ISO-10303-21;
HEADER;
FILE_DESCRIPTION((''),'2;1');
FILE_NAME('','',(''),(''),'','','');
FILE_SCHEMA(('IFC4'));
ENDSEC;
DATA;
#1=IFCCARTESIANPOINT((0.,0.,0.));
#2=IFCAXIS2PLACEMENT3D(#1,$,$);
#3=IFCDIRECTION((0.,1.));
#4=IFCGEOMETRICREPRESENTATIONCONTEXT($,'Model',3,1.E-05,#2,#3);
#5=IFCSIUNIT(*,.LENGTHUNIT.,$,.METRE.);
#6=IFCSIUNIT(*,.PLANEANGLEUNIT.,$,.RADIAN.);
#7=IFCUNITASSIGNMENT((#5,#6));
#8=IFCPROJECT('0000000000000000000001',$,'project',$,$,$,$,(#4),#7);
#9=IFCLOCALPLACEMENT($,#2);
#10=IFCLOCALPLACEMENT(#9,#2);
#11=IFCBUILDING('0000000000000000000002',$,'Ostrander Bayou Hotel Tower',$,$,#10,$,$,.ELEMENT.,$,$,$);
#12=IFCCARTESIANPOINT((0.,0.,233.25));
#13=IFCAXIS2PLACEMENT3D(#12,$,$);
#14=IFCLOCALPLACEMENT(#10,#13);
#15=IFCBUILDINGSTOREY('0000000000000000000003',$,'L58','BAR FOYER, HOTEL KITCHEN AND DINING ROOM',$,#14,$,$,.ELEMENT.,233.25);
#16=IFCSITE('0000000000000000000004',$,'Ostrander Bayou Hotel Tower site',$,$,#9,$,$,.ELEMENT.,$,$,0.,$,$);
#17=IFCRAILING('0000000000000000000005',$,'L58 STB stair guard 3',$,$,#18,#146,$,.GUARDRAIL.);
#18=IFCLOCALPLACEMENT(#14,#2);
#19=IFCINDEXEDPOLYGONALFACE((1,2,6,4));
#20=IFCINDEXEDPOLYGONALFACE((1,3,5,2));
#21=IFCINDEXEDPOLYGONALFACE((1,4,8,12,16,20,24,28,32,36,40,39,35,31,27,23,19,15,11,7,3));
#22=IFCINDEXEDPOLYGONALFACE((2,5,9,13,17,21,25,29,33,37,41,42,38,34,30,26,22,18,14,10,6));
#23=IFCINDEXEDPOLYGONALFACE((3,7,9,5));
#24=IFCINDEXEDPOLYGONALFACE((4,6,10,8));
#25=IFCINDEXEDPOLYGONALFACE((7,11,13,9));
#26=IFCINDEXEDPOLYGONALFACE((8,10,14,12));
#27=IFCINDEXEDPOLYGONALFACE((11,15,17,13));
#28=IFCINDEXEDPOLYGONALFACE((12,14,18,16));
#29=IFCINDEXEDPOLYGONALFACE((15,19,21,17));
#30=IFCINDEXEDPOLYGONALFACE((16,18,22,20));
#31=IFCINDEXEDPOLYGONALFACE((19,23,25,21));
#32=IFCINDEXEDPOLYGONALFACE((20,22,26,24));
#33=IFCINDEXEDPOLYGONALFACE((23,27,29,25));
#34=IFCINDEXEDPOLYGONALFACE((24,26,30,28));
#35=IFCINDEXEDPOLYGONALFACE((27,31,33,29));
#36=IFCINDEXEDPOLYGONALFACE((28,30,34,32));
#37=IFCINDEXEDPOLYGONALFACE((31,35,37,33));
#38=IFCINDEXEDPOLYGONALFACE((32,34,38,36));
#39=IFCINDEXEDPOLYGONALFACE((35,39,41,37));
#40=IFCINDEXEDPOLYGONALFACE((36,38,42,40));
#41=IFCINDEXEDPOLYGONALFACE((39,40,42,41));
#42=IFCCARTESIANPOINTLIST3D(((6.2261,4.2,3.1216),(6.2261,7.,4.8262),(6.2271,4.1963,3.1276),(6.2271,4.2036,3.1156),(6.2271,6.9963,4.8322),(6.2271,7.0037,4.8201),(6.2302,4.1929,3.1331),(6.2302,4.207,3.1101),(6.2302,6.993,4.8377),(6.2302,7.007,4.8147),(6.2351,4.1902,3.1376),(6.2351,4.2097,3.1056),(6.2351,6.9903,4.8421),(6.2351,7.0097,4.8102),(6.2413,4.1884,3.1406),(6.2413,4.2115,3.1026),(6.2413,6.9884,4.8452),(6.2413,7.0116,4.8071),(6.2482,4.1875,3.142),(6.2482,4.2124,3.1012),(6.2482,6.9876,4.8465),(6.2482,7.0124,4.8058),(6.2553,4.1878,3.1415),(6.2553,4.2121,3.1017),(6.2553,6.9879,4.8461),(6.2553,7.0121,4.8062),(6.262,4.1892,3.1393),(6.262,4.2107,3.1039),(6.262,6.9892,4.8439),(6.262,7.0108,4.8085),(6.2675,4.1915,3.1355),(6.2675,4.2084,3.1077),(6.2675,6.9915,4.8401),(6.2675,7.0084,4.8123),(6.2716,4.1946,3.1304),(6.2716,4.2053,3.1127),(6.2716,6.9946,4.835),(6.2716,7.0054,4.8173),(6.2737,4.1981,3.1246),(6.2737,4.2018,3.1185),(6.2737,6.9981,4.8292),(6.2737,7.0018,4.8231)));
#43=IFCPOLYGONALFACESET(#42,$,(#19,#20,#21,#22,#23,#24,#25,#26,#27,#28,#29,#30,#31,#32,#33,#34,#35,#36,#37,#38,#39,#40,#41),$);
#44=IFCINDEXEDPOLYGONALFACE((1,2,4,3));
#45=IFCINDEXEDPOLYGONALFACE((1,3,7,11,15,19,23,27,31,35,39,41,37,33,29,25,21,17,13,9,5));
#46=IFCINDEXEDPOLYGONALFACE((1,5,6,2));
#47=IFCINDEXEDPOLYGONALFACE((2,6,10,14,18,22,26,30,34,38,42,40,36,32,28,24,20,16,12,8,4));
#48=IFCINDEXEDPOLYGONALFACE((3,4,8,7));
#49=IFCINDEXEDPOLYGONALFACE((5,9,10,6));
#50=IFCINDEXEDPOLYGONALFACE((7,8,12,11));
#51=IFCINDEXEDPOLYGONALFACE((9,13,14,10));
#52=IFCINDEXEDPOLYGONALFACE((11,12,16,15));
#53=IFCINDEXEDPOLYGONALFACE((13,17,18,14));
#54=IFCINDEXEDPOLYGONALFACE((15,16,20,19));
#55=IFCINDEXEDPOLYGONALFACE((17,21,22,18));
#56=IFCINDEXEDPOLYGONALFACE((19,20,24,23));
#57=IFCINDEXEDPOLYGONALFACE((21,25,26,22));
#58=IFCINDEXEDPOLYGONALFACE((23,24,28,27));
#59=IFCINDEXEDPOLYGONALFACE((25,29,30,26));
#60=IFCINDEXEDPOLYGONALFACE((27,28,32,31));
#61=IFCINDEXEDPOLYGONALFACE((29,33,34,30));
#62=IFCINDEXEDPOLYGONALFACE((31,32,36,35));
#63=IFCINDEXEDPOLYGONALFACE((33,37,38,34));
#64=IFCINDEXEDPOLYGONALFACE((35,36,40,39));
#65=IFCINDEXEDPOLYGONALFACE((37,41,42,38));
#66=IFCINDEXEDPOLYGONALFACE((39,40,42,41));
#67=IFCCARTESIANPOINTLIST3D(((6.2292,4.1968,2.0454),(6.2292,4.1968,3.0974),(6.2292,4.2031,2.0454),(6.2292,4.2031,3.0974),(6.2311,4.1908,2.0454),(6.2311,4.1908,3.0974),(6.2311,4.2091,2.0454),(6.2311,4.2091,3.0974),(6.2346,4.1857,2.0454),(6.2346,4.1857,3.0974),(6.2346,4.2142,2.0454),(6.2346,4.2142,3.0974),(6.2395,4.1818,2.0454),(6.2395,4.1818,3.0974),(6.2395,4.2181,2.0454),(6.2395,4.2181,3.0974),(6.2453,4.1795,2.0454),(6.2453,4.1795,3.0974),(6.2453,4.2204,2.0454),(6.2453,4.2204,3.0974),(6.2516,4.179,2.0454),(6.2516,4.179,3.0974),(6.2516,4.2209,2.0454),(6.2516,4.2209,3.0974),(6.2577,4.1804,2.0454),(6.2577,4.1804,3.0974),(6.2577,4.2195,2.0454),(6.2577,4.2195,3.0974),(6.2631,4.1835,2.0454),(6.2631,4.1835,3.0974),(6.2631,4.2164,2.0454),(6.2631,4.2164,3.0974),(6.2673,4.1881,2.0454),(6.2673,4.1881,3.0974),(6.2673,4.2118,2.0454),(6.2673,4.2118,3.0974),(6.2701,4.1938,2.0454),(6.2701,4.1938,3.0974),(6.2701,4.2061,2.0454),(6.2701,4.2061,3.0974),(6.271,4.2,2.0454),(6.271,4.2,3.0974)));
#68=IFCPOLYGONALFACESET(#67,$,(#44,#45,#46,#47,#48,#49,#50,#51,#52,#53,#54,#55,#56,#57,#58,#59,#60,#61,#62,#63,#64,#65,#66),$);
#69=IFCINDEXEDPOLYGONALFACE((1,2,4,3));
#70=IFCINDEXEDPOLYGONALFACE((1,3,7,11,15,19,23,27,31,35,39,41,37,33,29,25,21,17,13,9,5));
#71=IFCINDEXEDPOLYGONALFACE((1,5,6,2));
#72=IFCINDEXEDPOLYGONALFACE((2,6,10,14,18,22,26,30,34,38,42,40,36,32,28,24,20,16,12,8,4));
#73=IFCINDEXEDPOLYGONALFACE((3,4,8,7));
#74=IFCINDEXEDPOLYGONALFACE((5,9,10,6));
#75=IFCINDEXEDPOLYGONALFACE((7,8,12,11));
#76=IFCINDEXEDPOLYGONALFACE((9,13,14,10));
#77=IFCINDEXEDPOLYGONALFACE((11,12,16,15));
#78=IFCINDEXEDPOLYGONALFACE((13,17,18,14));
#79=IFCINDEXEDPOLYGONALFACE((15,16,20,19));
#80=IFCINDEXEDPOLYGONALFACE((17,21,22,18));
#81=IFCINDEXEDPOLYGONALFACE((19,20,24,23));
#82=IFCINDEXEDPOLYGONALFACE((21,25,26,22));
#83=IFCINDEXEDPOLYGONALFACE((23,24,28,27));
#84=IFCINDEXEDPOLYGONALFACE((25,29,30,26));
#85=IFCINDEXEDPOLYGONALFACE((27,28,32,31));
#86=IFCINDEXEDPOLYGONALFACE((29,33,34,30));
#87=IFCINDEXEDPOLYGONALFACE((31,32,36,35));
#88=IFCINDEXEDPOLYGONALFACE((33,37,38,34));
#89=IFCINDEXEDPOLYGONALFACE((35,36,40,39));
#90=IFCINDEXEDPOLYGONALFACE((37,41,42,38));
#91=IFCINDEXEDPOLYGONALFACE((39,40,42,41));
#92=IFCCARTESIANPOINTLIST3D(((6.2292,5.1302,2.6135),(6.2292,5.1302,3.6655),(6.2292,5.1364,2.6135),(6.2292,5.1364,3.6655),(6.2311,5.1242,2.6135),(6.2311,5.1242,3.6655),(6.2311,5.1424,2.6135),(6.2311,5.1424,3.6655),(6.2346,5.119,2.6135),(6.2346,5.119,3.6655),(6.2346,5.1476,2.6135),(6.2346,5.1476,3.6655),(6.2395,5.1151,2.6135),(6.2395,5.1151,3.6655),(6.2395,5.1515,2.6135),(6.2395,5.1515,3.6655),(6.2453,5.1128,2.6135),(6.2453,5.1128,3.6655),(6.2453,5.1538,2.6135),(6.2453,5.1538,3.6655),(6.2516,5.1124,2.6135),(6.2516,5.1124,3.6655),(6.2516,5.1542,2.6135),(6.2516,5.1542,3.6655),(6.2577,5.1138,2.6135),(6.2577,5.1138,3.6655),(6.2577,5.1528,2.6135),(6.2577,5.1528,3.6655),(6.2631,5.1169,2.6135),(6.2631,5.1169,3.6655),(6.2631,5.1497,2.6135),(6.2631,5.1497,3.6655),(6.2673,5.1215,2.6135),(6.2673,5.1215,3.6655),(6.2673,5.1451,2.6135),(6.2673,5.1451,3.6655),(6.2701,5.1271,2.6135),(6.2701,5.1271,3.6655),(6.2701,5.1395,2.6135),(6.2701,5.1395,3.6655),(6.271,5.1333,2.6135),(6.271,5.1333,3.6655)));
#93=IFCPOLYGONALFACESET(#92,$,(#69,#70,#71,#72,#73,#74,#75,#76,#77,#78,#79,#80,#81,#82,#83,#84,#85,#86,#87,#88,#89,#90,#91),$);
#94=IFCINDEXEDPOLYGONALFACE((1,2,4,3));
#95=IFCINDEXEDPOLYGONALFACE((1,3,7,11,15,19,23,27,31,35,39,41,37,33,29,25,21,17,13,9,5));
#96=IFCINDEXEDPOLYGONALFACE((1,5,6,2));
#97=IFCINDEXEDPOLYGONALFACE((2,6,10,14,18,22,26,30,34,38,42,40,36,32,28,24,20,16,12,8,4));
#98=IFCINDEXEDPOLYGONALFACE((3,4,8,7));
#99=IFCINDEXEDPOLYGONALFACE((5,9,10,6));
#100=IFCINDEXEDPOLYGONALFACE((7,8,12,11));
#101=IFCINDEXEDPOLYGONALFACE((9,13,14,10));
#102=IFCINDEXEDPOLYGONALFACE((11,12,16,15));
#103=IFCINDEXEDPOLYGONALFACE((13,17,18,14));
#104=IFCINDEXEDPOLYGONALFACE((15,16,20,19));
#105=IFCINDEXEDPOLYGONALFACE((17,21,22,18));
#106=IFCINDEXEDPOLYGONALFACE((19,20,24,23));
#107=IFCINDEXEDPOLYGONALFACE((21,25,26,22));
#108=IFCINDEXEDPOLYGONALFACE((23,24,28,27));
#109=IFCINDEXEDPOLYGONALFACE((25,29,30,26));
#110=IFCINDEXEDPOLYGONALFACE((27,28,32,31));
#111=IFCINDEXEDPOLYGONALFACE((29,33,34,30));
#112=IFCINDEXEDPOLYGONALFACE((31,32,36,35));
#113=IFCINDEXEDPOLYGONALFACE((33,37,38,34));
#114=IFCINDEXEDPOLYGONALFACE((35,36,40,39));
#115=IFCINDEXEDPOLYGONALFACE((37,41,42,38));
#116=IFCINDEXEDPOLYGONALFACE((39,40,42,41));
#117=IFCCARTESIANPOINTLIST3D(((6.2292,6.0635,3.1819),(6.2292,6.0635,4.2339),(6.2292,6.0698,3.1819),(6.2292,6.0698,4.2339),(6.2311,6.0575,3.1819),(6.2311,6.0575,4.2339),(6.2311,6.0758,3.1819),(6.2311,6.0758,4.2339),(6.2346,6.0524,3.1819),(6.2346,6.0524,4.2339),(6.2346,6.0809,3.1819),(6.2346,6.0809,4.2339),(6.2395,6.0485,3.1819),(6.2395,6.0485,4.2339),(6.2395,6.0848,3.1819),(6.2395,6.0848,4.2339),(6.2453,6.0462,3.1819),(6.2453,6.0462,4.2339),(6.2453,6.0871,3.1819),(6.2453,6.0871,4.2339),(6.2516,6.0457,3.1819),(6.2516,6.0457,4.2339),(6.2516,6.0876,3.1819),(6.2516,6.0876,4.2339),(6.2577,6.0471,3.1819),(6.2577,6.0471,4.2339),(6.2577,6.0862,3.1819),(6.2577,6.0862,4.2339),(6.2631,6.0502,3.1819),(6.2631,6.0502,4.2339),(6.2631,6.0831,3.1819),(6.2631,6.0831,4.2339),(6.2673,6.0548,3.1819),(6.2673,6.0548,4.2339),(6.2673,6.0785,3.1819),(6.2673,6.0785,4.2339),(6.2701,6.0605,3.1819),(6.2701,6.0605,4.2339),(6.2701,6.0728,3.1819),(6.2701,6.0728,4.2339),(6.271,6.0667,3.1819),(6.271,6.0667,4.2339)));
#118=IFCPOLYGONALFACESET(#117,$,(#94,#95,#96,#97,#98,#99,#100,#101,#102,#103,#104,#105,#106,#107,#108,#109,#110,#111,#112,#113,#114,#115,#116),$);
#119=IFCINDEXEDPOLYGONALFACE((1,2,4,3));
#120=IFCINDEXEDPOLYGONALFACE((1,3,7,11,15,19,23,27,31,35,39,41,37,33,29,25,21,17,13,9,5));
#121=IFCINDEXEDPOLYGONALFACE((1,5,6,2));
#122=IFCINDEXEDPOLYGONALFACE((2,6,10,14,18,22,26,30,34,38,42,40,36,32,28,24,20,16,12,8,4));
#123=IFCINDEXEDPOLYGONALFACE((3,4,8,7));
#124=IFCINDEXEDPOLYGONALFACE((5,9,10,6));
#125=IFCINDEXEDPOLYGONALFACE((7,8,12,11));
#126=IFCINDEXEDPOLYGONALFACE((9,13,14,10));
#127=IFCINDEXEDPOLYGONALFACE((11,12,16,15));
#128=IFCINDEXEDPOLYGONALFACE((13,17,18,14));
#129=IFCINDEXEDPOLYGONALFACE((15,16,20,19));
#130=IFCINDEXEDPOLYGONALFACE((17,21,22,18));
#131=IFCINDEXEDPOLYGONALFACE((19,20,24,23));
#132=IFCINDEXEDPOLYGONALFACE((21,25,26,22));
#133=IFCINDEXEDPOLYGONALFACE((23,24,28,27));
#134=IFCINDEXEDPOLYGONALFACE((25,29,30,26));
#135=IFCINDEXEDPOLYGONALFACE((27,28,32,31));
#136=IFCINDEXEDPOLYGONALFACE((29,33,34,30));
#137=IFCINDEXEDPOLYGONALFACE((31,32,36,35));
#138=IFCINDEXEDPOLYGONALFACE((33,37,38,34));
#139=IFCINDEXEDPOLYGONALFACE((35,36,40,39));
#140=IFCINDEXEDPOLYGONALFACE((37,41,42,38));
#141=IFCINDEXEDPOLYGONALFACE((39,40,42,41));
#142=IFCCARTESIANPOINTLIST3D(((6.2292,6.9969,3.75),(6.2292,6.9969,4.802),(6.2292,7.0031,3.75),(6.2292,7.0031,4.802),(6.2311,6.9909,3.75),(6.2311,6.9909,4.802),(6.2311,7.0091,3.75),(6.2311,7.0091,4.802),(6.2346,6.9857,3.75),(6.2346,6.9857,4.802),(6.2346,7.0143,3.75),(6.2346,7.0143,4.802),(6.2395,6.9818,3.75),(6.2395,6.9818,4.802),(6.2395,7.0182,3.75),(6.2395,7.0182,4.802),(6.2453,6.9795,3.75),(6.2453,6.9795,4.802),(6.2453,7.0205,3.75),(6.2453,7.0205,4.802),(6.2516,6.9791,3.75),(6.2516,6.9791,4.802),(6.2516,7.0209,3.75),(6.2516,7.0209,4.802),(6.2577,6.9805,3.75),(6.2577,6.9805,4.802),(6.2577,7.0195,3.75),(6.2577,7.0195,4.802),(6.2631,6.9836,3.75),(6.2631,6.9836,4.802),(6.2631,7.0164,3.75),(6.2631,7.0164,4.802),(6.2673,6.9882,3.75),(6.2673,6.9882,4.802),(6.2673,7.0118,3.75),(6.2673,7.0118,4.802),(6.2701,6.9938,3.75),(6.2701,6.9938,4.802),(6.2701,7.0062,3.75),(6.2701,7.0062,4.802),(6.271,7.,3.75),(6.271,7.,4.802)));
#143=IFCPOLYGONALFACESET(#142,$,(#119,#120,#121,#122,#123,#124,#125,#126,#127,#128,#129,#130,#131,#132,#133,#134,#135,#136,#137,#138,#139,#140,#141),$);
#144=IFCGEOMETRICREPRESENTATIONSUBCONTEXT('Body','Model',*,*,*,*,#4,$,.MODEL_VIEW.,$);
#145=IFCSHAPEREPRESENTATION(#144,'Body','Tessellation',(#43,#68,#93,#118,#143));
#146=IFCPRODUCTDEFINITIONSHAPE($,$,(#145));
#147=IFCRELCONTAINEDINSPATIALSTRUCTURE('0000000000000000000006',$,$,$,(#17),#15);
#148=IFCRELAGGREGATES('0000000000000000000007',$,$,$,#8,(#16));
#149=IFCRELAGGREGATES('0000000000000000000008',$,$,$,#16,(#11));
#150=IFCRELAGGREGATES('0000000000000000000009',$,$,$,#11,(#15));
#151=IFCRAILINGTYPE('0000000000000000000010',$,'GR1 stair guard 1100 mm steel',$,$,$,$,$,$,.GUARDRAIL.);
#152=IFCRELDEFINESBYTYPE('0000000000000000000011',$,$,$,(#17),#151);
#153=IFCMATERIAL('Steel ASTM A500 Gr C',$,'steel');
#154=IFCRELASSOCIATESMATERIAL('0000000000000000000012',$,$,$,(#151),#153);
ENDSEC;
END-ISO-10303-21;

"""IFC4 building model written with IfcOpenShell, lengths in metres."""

from ifc_helpers import new_model, si_unit, direction, frame, origin, origin_2d, place, context, subcontext, project, spatial, circle, extrude, material, type_object, element, save


model = new_model("IFC4")

# Units and contexts
model_context = context("Model", 3, precision=1e-05, world=origin(), true_north=direction((0.0, 1.0)))
body_context = subcontext(model_context, "Body", "Model", "MODEL_VIEW")
ifc_project = project(units=[si_unit("LENGTHUNIT", "METRE"), si_unit("PLANEANGLEUNIT", "RADIAN")], contexts=[model_context])

# Site, building, storey
site_placement = place(None, origin())
site = spatial("IfcSite", under=ifc_project, at=site_placement, Name="Ostrander Bayou Hotel Tower site", CompositionType="ELEMENT", RefElevation=0.0)
building_placement = place(site_placement, origin())
building = spatial("IfcBuilding", under=site, at=building_placement, Name="Ostrander Bayou Hotel Tower", CompositionType="ELEMENT")
storey_placement = place(building_placement, frame((0.0, 0.0, 233.25)))
storey = spatial("IfcBuildingStorey", under=building, at=storey_placement, Name="L58", Description="BAR FOYER, HOTEL KITCHEN AND DINING ROOM", CompositionType="ELEMENT", Elevation=233.25)

# Railing
ifc_material_1 = material(Name="Steel ASTM A500 Gr C", Category="steel")
railing_type_1 = type_object("IfcRailingType", Name="GR1 stair guard 1100 mm steel", PredefinedType="GUARDRAIL", material=ifc_material_1)
railing_1_placement = place(storey_placement, frame((6.25, 4.2, 2.0454)))
element("IfcRailing", 1, at=railing_1_placement, inside=storey, type_object=railing_type_1, Name="L58 STB stair guard 3", PredefinedType="GUARDRAIL", context=body_context, shape_type="SweptSolid", body=[
    extrude(circle(Radius=0.0239, at=origin_2d()), frame((0.0, 0.0, 1.0762), z_axis=(0.0, 0.85417, 0.519994), x_axis=(-1.0, 0.0, 0.0)), (0.0, 0.0, 1.0), 3.2781),
    extrude(circle(Radius=0.021, at=origin_2d()), origin(), (0.0, 0.0, 1.0), 1.052),
    extrude(circle(Radius=0.021, at=origin_2d()), frame((0.0, 0.9333, 0.5681)), (0.0, 0.0, 1.0), 1.052),
    extrude(circle(Radius=0.021, at=origin_2d()), frame((0.0, 1.8667, 1.1365)), (0.0, 0.0, 1.0), 1.052),
    extrude(circle(Radius=0.021, at=origin_2d()), frame((0.0, 2.8, 1.7046)), (0.0, 0.0, 1.0), 1.052),
])

save(model, "model.ifc")
